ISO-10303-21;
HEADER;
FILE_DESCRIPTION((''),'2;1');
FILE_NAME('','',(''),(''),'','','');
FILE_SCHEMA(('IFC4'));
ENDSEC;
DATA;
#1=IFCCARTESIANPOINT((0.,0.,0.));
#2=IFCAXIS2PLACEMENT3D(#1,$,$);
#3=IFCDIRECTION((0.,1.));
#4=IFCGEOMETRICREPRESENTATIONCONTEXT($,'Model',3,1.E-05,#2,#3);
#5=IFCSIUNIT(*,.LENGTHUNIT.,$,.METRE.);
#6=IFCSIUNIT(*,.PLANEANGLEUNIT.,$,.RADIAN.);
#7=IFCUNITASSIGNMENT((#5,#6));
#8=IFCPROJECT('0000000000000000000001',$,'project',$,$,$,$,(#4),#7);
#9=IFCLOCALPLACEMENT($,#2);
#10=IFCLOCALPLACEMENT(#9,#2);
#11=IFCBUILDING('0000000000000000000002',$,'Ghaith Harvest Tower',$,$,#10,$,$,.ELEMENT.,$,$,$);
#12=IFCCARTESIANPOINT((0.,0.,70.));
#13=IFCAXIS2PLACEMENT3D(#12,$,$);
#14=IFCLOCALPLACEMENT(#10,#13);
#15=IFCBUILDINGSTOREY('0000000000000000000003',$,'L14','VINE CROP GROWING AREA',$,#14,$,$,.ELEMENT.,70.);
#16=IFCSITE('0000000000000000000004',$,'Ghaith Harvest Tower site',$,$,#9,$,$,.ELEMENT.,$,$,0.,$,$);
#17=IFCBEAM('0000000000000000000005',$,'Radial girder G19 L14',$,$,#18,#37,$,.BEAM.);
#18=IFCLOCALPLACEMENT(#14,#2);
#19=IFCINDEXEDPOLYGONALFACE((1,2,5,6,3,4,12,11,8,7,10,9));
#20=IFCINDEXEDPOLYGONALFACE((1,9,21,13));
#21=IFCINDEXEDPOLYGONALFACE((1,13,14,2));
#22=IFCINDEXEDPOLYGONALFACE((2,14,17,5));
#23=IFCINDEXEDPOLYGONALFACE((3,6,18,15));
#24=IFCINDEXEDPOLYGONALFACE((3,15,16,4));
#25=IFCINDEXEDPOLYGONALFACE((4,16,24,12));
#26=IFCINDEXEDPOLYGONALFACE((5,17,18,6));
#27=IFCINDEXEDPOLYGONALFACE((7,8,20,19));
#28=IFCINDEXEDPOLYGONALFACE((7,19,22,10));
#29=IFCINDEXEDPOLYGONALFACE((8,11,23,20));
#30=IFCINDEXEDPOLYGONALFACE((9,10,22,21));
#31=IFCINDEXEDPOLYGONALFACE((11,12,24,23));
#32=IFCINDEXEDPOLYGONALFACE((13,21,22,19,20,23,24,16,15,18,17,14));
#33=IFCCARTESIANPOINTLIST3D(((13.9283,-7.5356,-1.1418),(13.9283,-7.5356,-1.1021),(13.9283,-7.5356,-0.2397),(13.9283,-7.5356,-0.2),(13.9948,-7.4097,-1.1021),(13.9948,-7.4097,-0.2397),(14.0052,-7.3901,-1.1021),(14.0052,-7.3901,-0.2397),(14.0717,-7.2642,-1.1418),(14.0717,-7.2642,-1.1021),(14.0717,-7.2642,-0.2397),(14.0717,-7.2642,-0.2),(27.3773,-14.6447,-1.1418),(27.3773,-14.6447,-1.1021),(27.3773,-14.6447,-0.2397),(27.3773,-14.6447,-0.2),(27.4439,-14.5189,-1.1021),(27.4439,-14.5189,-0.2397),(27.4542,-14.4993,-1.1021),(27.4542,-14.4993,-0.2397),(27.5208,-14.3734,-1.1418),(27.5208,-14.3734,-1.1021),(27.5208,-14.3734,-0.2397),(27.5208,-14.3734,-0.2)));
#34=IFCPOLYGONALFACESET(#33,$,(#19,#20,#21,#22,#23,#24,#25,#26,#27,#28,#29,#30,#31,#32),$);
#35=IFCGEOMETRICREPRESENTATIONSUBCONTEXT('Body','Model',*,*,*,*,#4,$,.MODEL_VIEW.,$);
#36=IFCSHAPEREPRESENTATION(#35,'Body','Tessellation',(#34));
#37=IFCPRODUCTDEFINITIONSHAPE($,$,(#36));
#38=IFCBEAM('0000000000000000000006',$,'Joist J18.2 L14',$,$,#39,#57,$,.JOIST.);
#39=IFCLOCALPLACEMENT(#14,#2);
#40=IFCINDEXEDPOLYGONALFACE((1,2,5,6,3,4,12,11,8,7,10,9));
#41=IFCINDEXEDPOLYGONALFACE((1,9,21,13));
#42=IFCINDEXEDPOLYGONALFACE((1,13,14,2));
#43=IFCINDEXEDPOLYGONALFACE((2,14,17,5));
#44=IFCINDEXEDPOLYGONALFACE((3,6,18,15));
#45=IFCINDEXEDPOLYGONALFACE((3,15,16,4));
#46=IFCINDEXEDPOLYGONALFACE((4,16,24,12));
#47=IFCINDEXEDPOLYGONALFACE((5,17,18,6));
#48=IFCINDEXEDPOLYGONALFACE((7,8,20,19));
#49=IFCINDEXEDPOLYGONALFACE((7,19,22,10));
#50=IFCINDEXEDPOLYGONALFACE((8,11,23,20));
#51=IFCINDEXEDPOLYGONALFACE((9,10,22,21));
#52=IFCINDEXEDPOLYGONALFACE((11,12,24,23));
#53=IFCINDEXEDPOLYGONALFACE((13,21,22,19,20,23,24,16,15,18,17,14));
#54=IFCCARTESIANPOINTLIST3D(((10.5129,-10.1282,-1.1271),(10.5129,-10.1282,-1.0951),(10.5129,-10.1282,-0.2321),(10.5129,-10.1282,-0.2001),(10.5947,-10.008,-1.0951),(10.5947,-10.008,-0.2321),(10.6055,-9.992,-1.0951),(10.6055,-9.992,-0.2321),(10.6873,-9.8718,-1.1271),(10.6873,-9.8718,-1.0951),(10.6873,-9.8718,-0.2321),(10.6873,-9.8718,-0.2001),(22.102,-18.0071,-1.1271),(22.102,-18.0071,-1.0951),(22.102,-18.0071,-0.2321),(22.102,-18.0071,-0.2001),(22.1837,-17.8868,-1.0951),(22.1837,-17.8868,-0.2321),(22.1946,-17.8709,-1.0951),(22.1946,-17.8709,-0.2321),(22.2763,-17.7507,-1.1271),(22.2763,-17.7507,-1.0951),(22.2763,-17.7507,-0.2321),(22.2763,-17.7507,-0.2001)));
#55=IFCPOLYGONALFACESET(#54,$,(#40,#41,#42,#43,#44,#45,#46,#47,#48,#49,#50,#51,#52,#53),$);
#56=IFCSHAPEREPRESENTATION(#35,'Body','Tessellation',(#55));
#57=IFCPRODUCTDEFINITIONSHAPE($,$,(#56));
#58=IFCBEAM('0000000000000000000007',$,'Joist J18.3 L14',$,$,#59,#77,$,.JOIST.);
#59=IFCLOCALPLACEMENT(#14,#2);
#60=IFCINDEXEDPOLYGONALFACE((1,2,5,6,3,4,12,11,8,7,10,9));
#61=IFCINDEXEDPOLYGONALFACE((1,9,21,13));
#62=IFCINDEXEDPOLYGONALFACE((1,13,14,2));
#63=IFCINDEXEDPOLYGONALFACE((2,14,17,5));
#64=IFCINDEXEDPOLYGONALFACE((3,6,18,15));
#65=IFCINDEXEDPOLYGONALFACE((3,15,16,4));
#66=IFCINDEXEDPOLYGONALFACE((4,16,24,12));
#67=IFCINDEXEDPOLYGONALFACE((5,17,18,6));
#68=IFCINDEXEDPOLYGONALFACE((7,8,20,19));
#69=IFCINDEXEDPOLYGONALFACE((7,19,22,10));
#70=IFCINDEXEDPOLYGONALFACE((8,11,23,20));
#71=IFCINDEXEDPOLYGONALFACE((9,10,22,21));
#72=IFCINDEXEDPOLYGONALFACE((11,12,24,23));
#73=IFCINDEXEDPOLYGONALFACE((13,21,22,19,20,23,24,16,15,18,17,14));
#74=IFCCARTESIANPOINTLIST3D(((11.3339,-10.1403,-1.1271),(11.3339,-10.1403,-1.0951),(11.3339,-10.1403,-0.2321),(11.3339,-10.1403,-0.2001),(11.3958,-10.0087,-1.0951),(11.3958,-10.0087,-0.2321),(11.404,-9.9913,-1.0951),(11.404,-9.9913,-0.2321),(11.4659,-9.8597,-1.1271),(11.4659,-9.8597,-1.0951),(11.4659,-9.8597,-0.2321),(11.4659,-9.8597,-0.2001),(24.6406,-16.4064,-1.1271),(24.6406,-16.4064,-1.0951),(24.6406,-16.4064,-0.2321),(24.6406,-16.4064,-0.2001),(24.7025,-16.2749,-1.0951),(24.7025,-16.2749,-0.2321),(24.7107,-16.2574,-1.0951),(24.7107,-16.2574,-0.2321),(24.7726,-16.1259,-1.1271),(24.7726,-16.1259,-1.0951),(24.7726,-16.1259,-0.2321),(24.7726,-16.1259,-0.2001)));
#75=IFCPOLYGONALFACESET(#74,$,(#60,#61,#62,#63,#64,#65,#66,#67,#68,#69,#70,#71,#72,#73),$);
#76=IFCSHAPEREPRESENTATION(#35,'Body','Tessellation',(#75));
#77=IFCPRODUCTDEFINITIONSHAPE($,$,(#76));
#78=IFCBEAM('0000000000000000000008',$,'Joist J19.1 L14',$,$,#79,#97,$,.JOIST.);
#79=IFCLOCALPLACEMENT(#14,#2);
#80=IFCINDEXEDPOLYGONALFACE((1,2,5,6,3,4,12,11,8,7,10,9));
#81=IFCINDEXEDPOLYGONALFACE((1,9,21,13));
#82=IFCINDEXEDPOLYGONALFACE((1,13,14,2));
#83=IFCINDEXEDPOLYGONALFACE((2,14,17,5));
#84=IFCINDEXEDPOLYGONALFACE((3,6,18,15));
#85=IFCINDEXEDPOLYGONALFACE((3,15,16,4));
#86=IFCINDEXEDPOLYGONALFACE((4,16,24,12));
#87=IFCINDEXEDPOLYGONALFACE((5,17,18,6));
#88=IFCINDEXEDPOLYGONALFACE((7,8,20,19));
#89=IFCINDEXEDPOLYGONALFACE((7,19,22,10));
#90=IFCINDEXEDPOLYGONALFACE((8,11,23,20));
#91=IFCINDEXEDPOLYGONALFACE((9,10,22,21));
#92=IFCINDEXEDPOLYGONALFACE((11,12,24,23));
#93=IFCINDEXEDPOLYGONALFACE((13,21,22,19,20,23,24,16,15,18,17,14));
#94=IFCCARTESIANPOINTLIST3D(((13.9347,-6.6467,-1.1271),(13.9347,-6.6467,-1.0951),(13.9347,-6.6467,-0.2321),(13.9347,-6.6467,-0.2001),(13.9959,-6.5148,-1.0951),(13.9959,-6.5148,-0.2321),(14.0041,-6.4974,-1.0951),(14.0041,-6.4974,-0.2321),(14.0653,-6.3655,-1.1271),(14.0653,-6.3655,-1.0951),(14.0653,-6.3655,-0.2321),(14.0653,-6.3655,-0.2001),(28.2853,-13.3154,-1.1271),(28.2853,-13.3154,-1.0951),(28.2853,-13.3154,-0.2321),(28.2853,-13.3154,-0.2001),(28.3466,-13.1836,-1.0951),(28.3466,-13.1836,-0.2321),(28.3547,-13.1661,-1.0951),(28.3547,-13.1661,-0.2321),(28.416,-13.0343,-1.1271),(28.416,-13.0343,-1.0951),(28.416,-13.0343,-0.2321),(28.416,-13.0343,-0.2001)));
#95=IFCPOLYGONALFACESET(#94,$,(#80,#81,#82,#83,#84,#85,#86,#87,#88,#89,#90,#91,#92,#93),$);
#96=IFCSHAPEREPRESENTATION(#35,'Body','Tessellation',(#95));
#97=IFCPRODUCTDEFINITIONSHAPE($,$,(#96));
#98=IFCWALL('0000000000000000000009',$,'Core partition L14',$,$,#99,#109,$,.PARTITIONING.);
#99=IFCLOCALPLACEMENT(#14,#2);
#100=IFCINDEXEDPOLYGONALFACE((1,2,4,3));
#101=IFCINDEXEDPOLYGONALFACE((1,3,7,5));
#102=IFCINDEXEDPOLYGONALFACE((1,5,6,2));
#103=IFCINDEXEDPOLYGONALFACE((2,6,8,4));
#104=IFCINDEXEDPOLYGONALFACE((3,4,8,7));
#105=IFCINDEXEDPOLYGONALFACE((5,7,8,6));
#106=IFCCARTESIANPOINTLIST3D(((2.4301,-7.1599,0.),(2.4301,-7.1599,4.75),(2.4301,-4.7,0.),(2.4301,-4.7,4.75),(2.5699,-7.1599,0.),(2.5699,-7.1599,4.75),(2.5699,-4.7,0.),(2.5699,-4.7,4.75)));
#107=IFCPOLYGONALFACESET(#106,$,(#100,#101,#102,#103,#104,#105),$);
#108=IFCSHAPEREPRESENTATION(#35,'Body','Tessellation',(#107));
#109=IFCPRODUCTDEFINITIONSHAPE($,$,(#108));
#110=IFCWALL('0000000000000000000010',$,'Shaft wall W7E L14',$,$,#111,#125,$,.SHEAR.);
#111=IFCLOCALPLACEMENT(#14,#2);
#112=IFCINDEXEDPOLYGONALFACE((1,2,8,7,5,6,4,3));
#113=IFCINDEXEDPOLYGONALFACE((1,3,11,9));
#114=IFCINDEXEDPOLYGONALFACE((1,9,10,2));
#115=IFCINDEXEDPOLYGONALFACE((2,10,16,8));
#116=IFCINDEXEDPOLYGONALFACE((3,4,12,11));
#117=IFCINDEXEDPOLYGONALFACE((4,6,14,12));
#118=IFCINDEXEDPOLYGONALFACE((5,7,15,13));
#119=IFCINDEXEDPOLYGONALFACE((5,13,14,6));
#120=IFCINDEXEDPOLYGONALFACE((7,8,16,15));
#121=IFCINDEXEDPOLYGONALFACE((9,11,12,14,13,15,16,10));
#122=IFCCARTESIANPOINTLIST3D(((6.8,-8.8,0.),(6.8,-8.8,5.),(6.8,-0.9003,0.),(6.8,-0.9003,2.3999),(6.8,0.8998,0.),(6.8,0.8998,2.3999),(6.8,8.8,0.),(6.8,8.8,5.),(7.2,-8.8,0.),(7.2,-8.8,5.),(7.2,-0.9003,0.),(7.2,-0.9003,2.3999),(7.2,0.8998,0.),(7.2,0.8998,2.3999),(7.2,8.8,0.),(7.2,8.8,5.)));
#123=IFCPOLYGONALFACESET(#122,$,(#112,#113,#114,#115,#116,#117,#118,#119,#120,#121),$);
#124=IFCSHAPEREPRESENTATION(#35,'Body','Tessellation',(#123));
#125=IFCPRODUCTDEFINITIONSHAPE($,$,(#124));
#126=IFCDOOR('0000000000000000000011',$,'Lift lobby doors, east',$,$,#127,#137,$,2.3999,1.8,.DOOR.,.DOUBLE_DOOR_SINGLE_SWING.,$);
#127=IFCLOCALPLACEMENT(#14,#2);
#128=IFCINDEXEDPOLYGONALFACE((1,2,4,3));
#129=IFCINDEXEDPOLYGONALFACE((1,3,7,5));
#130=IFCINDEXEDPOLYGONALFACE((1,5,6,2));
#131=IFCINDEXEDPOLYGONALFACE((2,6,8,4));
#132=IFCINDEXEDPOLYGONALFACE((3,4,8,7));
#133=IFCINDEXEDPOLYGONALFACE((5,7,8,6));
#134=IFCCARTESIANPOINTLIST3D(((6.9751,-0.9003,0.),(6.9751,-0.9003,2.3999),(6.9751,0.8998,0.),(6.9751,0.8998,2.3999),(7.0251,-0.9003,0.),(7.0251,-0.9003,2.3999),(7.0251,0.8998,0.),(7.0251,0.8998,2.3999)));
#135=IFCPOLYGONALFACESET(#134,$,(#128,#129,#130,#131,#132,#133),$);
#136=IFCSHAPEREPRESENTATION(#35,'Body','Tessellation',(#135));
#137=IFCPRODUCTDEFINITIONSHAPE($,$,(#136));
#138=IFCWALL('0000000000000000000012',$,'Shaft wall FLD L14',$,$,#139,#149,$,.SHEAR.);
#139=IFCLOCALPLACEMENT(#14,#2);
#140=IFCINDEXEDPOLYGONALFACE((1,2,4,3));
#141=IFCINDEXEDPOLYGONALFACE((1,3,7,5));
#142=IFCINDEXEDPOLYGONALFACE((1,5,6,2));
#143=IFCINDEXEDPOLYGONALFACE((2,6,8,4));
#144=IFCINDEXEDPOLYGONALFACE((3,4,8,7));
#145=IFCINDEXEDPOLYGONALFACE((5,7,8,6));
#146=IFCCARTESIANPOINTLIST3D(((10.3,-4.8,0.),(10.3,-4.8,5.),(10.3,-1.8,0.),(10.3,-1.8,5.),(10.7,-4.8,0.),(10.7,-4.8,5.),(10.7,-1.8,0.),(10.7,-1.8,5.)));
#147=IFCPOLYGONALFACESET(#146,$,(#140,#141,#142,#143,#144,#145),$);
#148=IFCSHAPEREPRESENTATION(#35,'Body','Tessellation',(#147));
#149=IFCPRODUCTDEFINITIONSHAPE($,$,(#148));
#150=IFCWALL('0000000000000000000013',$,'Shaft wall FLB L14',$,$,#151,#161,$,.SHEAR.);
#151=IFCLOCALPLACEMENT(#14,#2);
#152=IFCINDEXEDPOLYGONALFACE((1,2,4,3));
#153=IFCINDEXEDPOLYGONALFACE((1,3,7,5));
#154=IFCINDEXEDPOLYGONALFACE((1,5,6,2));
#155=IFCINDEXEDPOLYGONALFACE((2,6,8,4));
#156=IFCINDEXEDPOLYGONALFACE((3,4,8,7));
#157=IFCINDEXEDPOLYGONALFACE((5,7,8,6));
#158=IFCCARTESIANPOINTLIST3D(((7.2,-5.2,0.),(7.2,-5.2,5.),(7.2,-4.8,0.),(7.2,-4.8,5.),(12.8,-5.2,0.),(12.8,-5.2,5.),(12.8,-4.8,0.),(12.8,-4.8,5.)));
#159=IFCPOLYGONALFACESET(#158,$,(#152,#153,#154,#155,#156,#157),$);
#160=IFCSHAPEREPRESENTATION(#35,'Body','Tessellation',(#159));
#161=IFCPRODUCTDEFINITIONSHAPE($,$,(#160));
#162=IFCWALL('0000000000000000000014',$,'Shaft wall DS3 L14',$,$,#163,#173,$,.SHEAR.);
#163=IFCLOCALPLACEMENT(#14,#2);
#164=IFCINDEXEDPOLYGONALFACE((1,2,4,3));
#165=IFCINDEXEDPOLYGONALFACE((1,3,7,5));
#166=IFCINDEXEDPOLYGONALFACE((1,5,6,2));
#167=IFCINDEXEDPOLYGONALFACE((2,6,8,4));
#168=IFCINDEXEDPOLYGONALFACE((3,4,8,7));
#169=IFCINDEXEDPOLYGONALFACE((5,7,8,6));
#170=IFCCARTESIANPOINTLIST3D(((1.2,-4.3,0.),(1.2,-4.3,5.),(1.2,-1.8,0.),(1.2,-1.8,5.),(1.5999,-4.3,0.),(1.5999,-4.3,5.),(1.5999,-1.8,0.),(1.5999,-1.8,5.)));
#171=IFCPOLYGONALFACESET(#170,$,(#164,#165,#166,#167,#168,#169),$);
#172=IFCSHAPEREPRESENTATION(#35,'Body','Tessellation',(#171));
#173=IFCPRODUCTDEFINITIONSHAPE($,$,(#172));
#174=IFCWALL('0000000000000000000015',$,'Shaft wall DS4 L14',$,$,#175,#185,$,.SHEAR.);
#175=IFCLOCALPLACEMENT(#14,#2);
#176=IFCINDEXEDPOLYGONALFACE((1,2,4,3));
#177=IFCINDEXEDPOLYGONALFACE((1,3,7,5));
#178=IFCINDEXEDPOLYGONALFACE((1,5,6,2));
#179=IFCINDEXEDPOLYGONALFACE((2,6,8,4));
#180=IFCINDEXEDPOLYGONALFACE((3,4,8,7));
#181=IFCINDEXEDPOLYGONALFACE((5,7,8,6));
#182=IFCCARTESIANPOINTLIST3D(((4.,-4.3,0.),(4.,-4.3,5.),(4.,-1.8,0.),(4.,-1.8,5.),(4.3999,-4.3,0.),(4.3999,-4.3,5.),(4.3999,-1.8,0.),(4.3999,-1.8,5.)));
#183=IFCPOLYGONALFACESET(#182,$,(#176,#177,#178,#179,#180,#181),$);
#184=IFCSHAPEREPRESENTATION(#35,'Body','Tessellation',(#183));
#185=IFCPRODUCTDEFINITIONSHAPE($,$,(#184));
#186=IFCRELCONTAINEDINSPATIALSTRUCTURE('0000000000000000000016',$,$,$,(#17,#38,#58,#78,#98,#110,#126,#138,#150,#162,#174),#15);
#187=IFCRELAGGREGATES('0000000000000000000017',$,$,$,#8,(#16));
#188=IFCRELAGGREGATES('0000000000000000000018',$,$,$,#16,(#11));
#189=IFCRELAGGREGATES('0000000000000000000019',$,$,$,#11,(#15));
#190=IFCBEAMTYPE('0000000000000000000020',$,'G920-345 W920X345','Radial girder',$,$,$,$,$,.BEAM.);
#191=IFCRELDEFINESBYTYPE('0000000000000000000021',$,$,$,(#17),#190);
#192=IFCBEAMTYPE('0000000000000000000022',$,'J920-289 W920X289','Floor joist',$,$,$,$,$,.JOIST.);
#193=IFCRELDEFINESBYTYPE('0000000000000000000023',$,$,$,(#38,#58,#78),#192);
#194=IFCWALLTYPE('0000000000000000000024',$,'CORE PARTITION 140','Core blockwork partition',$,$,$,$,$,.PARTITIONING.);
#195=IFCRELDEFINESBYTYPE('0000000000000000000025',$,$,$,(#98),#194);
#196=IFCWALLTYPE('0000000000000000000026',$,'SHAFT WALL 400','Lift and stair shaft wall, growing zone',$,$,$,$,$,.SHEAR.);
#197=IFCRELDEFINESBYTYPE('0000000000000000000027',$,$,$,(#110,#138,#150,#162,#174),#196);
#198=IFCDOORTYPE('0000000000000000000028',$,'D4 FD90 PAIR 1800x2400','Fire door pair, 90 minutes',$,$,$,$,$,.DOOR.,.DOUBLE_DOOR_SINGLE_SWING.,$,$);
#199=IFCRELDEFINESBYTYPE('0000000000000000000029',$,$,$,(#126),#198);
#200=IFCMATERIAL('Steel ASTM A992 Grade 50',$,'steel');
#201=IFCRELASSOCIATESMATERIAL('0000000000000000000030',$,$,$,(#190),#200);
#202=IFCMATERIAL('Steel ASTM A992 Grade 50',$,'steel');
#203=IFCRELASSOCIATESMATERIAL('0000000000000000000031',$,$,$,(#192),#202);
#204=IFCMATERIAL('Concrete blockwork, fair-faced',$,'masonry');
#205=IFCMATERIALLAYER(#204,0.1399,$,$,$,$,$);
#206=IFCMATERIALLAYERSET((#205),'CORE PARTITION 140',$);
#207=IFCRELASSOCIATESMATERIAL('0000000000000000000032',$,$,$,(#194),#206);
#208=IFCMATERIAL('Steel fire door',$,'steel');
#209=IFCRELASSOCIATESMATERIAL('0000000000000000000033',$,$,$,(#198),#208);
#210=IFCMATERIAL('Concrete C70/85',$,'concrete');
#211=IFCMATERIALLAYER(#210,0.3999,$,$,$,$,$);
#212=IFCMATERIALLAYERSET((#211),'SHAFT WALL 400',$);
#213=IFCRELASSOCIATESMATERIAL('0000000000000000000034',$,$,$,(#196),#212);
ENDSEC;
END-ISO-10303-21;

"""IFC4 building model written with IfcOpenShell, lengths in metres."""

from ifc_helpers import new_model, si_unit, direction, frame, frame_2d, origin, origin_2d, place, context, subcontext, project, spatial, rectangle, i_section, extrude, material, layer, layer_set, material_profile, profile_set, type_object, element, fill, save


model = new_model("IFC4")

# Units and contexts
model_context = context("Model", 3, precision=1e-05, world=origin(), true_north=direction((0.0, 1.0)))
body_context = subcontext(model_context, "Body", "Model", "MODEL_VIEW")
ifc_project = project(units=[si_unit("LENGTHUNIT", "METRE"), si_unit("PLANEANGLEUNIT", "RADIAN")], contexts=[model_context])

# Site, building, storey
site_placement = place(None, origin())
site = spatial("IfcSite", under=ifc_project, at=site_placement, Name="Ghaith Harvest Tower site", CompositionType="ELEMENT", RefElevation=0.0)
building_placement = place(site_placement, origin())
building = spatial("IfcBuilding", under=site, at=building_placement, Name="Ghaith Harvest Tower", CompositionType="ELEMENT")
storey_placement = place(building_placement, frame((0.0, 0.0, 70.0)))
storey = spatial("IfcBuildingStorey", under=building, at=storey_placement, Name="L14", Description="VINE CROP GROWING AREA", CompositionType="ELEMENT", Elevation=70.0)

# Beams
ifc_material_1 = material(Name="Steel ASTM A992 Grade 50", Category="steel")
ifc_material_profile_1 = material_profile(ifc_material_1, i_section(OverallWidth=0.3069, OverallDepth=0.9419, WebThickness=0.0222, FlangeThickness=0.0398, at=origin_2d()), Name="W920X345")
ifc_profile_set_1 = profile_set([ifc_material_profile_1], Name="Steel ASTM A992 Grade 50")
beam_type_1 = type_object("IfcBeamType", Name="G920-345 W920X345", Description="Radial girder", PredefinedType="BEAM", material=ifc_profile_set_1)
beam_1_placement = place(storey_placement, frame((14.0, -7.3999, -0.6709), z_axis=(0.884084, -0.467327, 0.0), x_axis=(0.467327, 0.884084, 0.0)))
element("IfcBeam", 1, at=beam_1_placement, inside=storey, type_object=beam_type_1, Name="Radial girder G19 L14", PredefinedType="BEAM", context=body_context, shape_type="SweptSolid", body=[
    extrude(i_section(OverallWidth=0.3069, OverallDepth=0.9419, WebThickness=0.0222, FlangeThickness=0.0398, at=origin_2d()), origin(), (0.0, 0.0, 1.0), 15.2124),
])
ifc_material_2 = material(Name="Steel ASTM A992 Grade 50", Category="steel")
ifc_material_profile_2 = material_profile(ifc_material_2, i_section(OverallWidth=0.3101, OverallDepth=0.927, WebThickness=0.0193, FlangeThickness=0.032, at=origin_2d()), Name="W920X289")
ifc_profile_set_2 = profile_set([ifc_material_profile_2], Name="Steel ASTM A992 Grade 50")
beam_type_2 = type_object("IfcBeamType", Name="J920-289 W920X289", Description="Floor joist", PredefinedType="JOIST", material=ifc_profile_set_2)
beam_2_placement = place(storey_placement, frame((10.6001, -10.0, -0.6636), z_axis=(0.826983, -0.562228, 0.0), x_axis=(0.562228, 0.826983, 0.0)))
element("IfcBeam", 2, at=beam_2_placement, inside=storey, type_object=beam_type_2, Name="Joist J18.2 L14", PredefinedType="JOIST", context=body_context, shape_type="SweptSolid", body=[
    extrude(i_section(OverallWidth=0.3101, OverallDepth=0.927, WebThickness=0.0193, FlangeThickness=0.032, at=origin_2d()), origin(), (0.0, 0.0, 1.0), 14.0137),
])
beam_3_placement = place(storey_placement, frame((11.3999, -10.0, -0.6636), z_axis=(0.90471, -0.426029, 0.0), x_axis=(0.426029, 0.90471, 0.0)))
element("IfcBeam", 3, at=beam_3_placement, inside=storey, type_object=beam_type_2, Name="Joist J18.3 L14", PredefinedType="JOIST", context=body_context, shape_type="SweptSolid", body=[
    extrude(i_section(OverallWidth=0.3101, OverallDepth=0.927, WebThickness=0.0193, FlangeThickness=0.032, at=origin_2d()), origin(), (0.0, 0.0, 1.0), 14.7083),
])
beam_4_placement = place(storey_placement, frame((14.0, -6.5061, -0.6636), z_axis=(0.906866, -0.42142, 0.0), x_axis=(0.42142, 0.906866, 0.0)))
element("IfcBeam", 4, at=beam_4_placement, inside=storey, type_object=beam_type_2, Name="Joist J19.1 L14", PredefinedType="JOIST", context=body_context, shape_type="SweptSolid", body=[
    extrude(i_section(OverallWidth=0.3101, OverallDepth=0.927, WebThickness=0.0193, FlangeThickness=0.032, at=origin_2d()), origin(), (0.0, 0.0, 1.0), 15.8245),
])

# Wall
ifc_material_3 = material(Name="Concrete blockwork, fair-faced", Category="masonry")
ifc_layer_1 = layer(ifc_material_3, 0.1399)
ifc_layer_set_1 = layer_set([ifc_layer_1], Name="CORE PARTITION 140")
wall_type_1 = type_object("IfcWallType", Name="CORE PARTITION 140", Description="Core blockwork partition", PredefinedType="PARTITIONING", material=ifc_layer_set_1)
wall_1_placement = place(storey_placement, frame((2.5, -4.7, 0.0), z_axis=(0.0, 0.0, 1.0), x_axis=(0.0, -1.0, 0.0)))
element("IfcWall", 5, at=wall_1_placement, inside=storey, type_object=wall_type_1, Name="Core partition L14", PredefinedType="PARTITIONING", context=body_context, shape_type="SweptSolid", body=[
    extrude(rectangle(XDim=2.46, YDim=0.1399, at=frame_2d((1.23, 0.0))), origin(), (0.0, 0.0, 1.0), 4.75),
])

# Wall, opening, door
ifc_material_4 = material(Name="Steel fire door", Category="steel")
door_type_1 = type_object("IfcDoorType", Name="D4 FD90 PAIR 1800x2400", Description="Fire door pair, 90 minutes", OperationType="DOUBLE_DOOR_SINGLE_SWING", PredefinedType="DOOR", material=ifc_material_4)
ifc_material_5 = material(Name="Concrete C70/85", Category="concrete")
ifc_layer_2 = layer(ifc_material_5, 0.3999)
ifc_layer_set_2 = layer_set([ifc_layer_2], Name="SHAFT WALL 400")
wall_type_2 = type_object("IfcWallType", Name="SHAFT WALL 400", Description="Lift and stair shaft wall, growing zone", PredefinedType="SHEAR", material=ifc_layer_set_2)
wall_2_placement = place(storey_placement, frame((7.0, -8.8, 0.0), z_axis=(0.0, 0.0, 1.0), x_axis=(0.0, 1.0, 0.0)))
wall_2 = element("IfcWall", 6, at=wall_2_placement, inside=storey, type_object=wall_type_2, Name="Shaft wall W7E L14", PredefinedType="SHEAR", context=body_context, shape_type="SweptSolid", body=[
    extrude(rectangle(XDim=17.6001, YDim=0.3999, at=frame_2d((8.8, 0.0))), origin(), (0.0, 0.0, 1.0), 5.0),
])
opening_1_placement = place(wall_2_placement, frame((7.8999, 0.0, 0.0)))
opening_1 = element("IfcOpeningElement", 7, at=opening_1_placement, cuts=wall_2, PredefinedType="OPENING", context=body_context, shape_type="SweptSolid", body=[
    extrude(rectangle(XDim=1.8, YDim=2.3999, at=frame_2d((0.8999, 1.2))), frame((0.0, 0.21, 0.0), z_axis=(0.0, -1.0, 0.0), x_axis=(1.0, 0.0, 0.0)), (0.0, 0.0, 1.0), 0.4199),
])
door_1_placement = place(opening_1_placement, origin())
door_1 = element("IfcDoor", 8, at=door_1_placement, inside=storey, type_object=door_type_1, Name="Lift lobby doors, east", OperationType="DOUBLE_DOOR_SINGLE_SWING", OverallHeight=2.3999, OverallWidth=1.8, PredefinedType="DOOR", context=body_context, shape_type="SweptSolid", body=[
    extrude(rectangle(XDim=1.8, YDim=2.3999, at=frame_2d((0.8999, 1.2))), frame((0.0, 0.0249, 0.0), z_axis=(0.0, -1.0, 0.0), x_axis=(1.0, 0.0, 0.0)), (0.0, 0.0, 1.0), 0.05),
])
fill(opening_1, door_1)

# Walls
wall_3_placement = place(storey_placement, frame((10.5, -4.8, 0.0), z_axis=(0.0, 0.0, 1.0), x_axis=(0.0, 1.0, 0.0)))
element("IfcWall", 9, at=wall_3_placement, inside=storey, type_object=wall_type_2, Name="Shaft wall FLD L14", PredefinedType="SHEAR", context=body_context, shape_type="SweptSolid", body=[
    extrude(rectangle(XDim=3.0, YDim=0.3999, at=frame_2d((1.5, 0.0))), origin(), (0.0, 0.0, 1.0), 5.0),
])
wall_4_placement = place(storey_placement, frame((7.2, -5.0, 0.0), z_axis=(0.0, 0.0, 1.0), x_axis=(1.0, 0.0, 0.0)))
element("IfcWall", 10, at=wall_4_placement, inside=storey, type_object=wall_type_2, Name="Shaft wall FLB L14", PredefinedType="SHEAR", context=body_context, shape_type="SweptSolid", body=[
    extrude(rectangle(XDim=5.6001, YDim=0.3999, at=frame_2d((2.8, 0.0))), origin(), (0.0, 0.0, 1.0), 5.0),
])
for number, where, z_axis, x_axis, name in (
    (11, (1.3999, -4.3, 0.0), (0.0, 0.0, 1.0), (0.0, 1.0, 0.0), "Shaft wall DS3 L14"),
    (12, (4.2, -4.3, 0.0), (0.0, 0.0, 1.0), (0.0, 1.0, 0.0), "Shaft wall DS4 L14"),
):
    element("IfcWall", number, at=place(storey_placement, frame(where, z_axis=z_axis, x_axis=x_axis)), inside=storey, type_object=wall_type_2, Name=name, PredefinedType="SHEAR", context=body_context, shape_type="SweptSolid", body=[
        extrude(rectangle(XDim=2.5, YDim=0.3999, at=frame_2d((1.25, 0.0))), origin(), (0.0, 0.0, 1.0), 5.0),
    ])

save(model, "model.ifc")
